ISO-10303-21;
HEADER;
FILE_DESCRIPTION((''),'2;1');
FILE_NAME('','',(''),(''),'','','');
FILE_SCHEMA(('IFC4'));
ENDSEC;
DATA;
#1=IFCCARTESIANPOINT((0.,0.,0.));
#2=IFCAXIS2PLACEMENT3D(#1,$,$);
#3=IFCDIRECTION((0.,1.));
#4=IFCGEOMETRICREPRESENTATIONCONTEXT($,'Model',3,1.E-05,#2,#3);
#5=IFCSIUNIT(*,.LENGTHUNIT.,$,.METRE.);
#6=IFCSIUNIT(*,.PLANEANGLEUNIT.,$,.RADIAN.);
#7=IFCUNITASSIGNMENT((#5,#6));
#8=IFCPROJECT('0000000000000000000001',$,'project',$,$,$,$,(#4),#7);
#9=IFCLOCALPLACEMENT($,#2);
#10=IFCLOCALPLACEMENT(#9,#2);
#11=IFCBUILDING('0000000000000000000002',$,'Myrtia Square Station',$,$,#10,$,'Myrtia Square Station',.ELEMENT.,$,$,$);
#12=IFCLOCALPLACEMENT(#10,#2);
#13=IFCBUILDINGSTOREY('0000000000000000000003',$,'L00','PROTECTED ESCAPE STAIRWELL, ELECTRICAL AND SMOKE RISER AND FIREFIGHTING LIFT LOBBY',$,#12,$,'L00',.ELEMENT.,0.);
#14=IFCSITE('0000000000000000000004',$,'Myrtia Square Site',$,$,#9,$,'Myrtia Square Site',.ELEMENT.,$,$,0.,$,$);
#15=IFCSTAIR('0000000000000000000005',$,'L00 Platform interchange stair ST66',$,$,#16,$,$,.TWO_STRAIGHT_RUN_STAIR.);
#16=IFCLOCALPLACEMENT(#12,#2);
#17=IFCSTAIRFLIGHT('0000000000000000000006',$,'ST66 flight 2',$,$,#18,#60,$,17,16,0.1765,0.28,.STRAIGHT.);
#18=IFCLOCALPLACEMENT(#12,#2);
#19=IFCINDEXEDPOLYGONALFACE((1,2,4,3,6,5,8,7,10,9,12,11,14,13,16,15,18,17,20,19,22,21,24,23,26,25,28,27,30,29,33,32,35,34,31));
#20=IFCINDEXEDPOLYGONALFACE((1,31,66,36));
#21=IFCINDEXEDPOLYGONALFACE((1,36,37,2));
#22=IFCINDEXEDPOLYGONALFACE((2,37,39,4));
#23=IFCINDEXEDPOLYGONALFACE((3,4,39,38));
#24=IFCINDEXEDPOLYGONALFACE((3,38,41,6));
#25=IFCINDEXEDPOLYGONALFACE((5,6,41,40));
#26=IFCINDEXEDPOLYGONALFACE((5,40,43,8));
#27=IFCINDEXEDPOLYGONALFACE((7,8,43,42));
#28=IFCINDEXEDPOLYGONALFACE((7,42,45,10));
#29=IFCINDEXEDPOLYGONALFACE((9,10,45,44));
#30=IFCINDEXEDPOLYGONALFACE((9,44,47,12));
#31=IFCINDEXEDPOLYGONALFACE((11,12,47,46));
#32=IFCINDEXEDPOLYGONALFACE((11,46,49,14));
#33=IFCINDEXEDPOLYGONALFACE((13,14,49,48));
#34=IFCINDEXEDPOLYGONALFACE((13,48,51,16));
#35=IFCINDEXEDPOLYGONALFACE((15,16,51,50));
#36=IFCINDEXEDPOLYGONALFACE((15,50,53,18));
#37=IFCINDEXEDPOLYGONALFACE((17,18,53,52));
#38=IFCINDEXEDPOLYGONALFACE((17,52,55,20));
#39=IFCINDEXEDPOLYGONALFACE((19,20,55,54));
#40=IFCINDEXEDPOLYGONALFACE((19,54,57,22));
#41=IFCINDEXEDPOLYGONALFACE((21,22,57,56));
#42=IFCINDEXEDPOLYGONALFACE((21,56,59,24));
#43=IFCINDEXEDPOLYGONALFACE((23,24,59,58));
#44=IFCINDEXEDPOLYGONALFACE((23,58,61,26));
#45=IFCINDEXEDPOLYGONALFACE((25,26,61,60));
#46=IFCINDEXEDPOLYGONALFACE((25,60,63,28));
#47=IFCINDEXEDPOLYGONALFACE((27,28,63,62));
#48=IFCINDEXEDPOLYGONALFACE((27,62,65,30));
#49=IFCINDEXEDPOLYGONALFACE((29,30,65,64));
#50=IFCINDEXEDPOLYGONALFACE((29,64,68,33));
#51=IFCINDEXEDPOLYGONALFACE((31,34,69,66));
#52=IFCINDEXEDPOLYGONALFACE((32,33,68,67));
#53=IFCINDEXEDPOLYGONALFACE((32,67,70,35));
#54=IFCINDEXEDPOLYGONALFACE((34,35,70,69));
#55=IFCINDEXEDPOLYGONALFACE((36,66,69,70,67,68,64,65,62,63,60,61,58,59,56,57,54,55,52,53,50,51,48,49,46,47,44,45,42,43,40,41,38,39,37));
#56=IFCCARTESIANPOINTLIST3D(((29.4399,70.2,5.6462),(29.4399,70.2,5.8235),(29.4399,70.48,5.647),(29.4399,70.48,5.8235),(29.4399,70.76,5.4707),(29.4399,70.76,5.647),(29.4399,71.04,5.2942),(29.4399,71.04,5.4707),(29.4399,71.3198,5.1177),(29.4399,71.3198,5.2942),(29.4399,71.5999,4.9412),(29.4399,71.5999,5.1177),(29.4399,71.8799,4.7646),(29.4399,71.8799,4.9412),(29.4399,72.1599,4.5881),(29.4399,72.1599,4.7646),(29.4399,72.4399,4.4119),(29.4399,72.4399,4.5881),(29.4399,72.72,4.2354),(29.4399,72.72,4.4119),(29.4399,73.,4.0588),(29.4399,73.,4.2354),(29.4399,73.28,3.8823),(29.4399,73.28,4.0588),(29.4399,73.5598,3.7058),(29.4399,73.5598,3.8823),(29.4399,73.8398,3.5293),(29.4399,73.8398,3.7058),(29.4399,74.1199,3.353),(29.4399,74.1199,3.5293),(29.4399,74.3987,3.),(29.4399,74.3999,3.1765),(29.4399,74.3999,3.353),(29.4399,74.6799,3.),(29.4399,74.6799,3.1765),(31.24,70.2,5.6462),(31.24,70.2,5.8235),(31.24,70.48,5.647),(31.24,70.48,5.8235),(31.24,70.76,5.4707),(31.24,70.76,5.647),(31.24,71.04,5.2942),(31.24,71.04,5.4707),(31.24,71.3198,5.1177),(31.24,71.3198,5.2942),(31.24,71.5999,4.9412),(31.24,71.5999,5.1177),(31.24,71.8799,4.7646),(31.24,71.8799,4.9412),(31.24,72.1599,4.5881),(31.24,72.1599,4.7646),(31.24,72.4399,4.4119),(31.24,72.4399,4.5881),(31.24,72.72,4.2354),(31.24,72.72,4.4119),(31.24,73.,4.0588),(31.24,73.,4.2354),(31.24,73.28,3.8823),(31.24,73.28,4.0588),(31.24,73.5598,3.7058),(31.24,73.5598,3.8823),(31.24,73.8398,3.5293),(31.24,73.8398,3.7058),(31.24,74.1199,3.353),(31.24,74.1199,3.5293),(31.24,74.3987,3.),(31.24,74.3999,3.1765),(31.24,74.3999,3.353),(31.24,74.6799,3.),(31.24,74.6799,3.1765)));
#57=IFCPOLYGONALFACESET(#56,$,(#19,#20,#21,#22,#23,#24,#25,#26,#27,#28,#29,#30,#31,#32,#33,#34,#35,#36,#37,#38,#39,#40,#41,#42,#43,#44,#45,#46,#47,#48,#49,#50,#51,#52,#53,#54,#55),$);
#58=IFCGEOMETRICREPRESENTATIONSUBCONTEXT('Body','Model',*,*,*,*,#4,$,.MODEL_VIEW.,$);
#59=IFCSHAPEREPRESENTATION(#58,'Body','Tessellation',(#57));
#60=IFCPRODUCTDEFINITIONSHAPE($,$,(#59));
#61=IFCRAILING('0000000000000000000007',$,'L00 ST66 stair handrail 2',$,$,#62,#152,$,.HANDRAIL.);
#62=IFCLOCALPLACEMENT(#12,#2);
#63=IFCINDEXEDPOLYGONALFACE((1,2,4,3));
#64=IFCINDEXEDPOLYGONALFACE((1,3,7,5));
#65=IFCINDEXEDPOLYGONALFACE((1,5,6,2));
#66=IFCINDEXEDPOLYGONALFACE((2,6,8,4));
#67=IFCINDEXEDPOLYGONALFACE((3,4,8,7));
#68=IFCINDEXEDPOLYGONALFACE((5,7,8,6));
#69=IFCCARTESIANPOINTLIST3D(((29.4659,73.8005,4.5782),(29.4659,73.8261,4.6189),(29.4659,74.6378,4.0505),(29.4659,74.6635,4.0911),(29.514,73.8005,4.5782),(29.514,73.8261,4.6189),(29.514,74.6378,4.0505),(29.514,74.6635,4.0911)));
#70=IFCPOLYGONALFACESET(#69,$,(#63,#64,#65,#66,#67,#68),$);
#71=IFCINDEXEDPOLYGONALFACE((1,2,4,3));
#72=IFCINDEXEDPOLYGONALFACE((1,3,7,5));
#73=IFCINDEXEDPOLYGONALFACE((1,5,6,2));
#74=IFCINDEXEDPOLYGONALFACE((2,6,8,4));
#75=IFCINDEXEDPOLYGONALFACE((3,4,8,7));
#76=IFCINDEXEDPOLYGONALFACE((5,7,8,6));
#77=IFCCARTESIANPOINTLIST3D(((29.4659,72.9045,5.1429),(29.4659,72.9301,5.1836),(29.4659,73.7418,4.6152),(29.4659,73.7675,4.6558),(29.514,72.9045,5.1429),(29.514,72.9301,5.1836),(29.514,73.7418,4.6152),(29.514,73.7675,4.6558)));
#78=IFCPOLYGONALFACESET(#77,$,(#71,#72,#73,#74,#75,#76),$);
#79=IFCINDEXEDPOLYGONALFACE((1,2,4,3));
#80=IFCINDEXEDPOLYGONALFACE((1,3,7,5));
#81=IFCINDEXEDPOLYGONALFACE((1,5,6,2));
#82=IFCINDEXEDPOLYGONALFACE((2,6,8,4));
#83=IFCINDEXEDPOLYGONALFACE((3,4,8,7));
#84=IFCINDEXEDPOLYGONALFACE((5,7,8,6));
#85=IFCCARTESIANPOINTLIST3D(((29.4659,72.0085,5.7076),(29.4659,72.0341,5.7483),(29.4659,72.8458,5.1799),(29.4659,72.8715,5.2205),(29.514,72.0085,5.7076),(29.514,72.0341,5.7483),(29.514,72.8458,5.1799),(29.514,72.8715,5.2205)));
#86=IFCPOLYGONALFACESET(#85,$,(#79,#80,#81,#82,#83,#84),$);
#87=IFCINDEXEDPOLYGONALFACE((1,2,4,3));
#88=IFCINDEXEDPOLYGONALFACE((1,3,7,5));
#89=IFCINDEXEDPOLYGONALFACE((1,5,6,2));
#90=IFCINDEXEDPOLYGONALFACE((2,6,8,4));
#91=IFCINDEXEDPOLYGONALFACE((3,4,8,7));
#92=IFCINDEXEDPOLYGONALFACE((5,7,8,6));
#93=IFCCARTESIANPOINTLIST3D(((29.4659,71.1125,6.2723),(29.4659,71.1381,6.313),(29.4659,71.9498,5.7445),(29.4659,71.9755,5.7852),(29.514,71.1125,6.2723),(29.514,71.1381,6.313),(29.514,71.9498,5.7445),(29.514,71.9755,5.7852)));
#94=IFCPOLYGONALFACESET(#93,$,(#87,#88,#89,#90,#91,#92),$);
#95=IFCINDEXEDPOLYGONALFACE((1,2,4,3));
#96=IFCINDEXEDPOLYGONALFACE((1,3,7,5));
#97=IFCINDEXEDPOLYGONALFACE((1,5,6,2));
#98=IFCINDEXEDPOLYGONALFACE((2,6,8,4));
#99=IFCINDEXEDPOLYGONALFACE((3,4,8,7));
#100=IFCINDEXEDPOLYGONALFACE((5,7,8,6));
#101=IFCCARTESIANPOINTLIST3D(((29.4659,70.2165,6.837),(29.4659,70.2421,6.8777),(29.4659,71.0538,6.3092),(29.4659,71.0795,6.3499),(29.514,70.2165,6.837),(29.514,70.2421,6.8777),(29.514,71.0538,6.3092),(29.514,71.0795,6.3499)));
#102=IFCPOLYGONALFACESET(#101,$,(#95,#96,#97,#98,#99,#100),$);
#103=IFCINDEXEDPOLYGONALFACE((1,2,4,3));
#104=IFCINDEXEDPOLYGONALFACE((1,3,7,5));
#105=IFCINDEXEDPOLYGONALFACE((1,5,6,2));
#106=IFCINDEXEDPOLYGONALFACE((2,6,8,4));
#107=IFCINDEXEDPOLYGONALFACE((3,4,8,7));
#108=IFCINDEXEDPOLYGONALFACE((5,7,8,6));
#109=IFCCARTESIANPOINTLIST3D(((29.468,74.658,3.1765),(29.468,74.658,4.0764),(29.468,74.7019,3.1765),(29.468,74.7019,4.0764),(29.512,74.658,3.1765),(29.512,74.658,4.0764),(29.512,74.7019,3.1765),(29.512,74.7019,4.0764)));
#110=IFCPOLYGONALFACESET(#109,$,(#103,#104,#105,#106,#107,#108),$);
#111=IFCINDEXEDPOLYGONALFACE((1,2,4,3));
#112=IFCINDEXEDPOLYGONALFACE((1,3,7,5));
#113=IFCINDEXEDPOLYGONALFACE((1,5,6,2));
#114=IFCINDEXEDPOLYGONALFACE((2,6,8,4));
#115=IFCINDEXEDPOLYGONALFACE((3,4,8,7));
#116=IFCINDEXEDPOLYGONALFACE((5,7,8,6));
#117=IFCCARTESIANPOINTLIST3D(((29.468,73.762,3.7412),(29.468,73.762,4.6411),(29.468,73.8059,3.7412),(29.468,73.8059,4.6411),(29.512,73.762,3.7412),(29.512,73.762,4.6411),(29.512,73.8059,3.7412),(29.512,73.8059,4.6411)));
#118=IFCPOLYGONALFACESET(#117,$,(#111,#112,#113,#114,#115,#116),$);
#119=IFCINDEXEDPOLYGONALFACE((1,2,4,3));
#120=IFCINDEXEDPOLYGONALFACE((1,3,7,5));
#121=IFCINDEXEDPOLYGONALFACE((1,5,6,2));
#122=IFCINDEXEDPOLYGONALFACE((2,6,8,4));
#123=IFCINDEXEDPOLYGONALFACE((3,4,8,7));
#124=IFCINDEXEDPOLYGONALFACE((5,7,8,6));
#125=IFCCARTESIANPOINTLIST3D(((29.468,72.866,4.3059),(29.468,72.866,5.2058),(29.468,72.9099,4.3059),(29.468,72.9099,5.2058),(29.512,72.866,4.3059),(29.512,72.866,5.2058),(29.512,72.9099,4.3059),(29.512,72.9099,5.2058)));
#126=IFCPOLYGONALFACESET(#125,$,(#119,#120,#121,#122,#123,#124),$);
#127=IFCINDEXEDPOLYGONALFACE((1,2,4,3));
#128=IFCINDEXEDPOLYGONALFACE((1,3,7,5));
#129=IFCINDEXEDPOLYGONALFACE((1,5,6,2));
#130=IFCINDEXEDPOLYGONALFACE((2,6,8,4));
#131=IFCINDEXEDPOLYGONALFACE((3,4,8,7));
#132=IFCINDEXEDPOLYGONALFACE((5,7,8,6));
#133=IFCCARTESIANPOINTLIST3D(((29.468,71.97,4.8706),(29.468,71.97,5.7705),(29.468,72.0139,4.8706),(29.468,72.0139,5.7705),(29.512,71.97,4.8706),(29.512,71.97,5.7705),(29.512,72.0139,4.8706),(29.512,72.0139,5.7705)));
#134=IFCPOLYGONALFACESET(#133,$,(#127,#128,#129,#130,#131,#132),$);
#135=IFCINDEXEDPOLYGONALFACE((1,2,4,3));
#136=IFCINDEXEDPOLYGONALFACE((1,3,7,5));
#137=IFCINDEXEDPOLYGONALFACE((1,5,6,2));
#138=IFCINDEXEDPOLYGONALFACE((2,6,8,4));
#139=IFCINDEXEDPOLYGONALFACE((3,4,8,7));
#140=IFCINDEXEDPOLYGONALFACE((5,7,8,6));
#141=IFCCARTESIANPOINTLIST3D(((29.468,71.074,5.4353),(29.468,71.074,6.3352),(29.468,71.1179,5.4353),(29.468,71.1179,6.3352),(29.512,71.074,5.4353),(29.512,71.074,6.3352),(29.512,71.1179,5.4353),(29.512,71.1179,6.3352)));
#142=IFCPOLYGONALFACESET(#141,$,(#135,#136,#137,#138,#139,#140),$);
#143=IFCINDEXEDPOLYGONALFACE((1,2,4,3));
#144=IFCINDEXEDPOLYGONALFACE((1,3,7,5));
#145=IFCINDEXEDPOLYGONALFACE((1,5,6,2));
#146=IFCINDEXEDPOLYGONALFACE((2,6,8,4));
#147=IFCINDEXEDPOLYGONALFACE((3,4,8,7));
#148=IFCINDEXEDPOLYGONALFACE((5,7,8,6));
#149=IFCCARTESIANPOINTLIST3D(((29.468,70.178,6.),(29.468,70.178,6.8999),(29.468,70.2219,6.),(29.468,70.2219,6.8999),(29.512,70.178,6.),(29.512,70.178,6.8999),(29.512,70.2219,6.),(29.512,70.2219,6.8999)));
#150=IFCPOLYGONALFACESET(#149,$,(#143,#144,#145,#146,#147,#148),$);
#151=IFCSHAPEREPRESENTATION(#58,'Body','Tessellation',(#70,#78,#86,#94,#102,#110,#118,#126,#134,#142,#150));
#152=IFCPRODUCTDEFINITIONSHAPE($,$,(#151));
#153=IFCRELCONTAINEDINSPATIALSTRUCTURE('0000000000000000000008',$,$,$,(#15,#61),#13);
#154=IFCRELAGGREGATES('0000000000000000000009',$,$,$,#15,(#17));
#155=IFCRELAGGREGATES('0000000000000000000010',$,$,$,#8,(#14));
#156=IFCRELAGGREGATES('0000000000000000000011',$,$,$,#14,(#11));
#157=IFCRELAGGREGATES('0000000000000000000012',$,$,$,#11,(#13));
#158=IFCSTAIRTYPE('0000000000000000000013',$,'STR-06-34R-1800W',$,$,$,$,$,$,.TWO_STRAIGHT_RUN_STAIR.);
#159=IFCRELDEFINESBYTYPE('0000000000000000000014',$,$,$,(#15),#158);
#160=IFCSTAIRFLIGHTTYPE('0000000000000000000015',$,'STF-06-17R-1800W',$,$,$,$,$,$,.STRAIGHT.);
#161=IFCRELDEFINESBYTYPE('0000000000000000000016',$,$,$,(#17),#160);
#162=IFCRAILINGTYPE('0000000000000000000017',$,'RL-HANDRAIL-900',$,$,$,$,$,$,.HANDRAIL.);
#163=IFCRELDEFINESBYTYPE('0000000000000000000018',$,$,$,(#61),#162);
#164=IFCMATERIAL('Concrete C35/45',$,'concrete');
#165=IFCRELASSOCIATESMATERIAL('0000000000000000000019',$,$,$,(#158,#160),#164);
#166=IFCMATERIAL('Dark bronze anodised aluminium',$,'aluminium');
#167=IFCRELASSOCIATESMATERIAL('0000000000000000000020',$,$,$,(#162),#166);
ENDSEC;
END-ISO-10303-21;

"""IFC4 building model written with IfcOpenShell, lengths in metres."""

from ifc_helpers import new_model, si_unit, direction, frame, origin, origin_2d, place, context, subcontext, project, spatial, polyline, rectangle, outline, extrude, material, type_object, element, aggregate, save


model = new_model("IFC4")

# Units and contexts
model_context = context("Model", 3, precision=1e-05, world=origin(), true_north=direction((0.0, 1.0)))
body_context = subcontext(model_context, "Body", "Model", "MODEL_VIEW")
ifc_project = project(units=[si_unit("LENGTHUNIT", "METRE"), si_unit("PLANEANGLEUNIT", "RADIAN")], contexts=[model_context])

# Site, building, storey
site_placement = place(None, origin())
site = spatial("IfcSite", under=ifc_project, at=site_placement, Name="Myrtia Square Site", LongName="Myrtia Square Site", CompositionType="ELEMENT", RefElevation=0.0)
building_placement = place(site_placement, origin())
building = spatial("IfcBuilding", under=site, at=building_placement, Name="Myrtia Square Station", LongName="Myrtia Square Station", CompositionType="ELEMENT")
storey_placement = place(building_placement, origin())
storey = spatial("IfcBuildingStorey", under=building, at=storey_placement, Name="L00", Description="PROTECTED ESCAPE STAIRWELL, ELECTRICAL AND SMOKE RISER AND FIREFIGHTING LIFT LOBBY", LongName="L00", CompositionType="ELEMENT", Elevation=0.0)

# Shared definitions
ifc_material_1 = material(Name="Dark bronze anodised aluminium", Category="aluminium")

# Stair, stair flight
ifc_material_2 = material(Name="Concrete C35/45", Category="concrete")
stair_type = type_object("IfcStairType", Name="STR-06-34R-1800W", PredefinedType="TWO_STRAIGHT_RUN_STAIR", material=ifc_material_2)
stair_placement = place(storey_placement, origin())
stair = element("IfcStair", 1, at=stair_placement, inside=storey, type_object=stair_type, Name="L00 Platform interchange stair ST66", PredefinedType="TWO_STRAIGHT_RUN_STAIR")
stair_flight_type = type_object("IfcStairFlightType", Name="STF-06-17R-1800W", PredefinedType="STRAIGHT", material=ifc_material_2)
stair_flight_1_placement = place(storey_placement, frame((30.3401, 74.6799, 3.0), z_axis=(0.0, 0.0, 1.0), x_axis=(0.0, -1.0, 0.0)))
stair_flight_1 = element("IfcStairFlight", 2, at=stair_flight_1_placement, type_object=stair_flight_type, Name="ST66 flight 2", NumberOfRisers=17, NumberOfTreads=16, PredefinedType="STRAIGHT", RiserHeight=0.1765, TreadLength=0.28, context=body_context, shape_type="SweptSolid", body=[
    extrude(outline(polyline([(0.0, 0.0), (0.0, 0.1765), (0.28, 0.1765), (0.28, 0.353), (0.5601, 0.353), (0.5601, 0.5293), (0.8401, 0.5293), (0.8401, 0.7058), (1.1201, 0.7058), (1.1201, 0.8823), (1.3999, 0.8823), (1.3999, 1.0588), (1.6799, 1.0588), (1.6799, 1.2354), (1.96, 1.2354), (1.96, 1.4119), (2.24, 1.4119), (2.24, 1.5881), (2.52, 1.5881), (2.52, 1.7646), (2.8, 1.7646), (2.8, 1.9412), (3.0801, 1.9412), (3.0801, 2.1177), (3.3601, 2.1177), (3.3601, 2.2942), (3.6399, 2.2942), (3.6399, 2.4707), (3.9199, 2.4707), (3.9199, 2.647), (4.2, 2.647), (4.2, 2.8235), (4.48, 2.8235), (4.48, 3.0), (4.48, 2.6462), (0.2812, 0.0), (0.0, 0.0)])), frame((0.0, 0.8999, 0.0), z_axis=(0.0, -1.0, 0.0), x_axis=(1.0, 0.0, 0.0)), (0.0, 0.0, 1.0), 1.8),
])
aggregate(stair, [stair_flight_1])

# Railing
railing_type_1 = type_object("IfcRailingType", Name="RL-HANDRAIL-900", PredefinedType="HANDRAIL", material=ifc_material_1)
railing_1_placement = place(storey_placement, frame((29.49, 74.6799, 3.1765)))
element("IfcRailing", 3, at=railing_1_placement, inside=storey, type_object=railing_type_1, Name="L00 ST66 stair handrail 2", PredefinedType="HANDRAIL", context=body_context, shape_type="SweptSolid", body=[
    extrude(rectangle(XDim=0.0481, YDim=0.0481, at=origin_2d()), frame((0.0, -0.0293, 0.8943), z_axis=(0.0, -0.845998, 0.533186), x_axis=(1.0, 0.0, 0.0)), (0.0, 0.0, 1.0), 0.9897),
    extrude(rectangle(XDim=0.0481, YDim=0.0481, at=origin_2d()), frame((0.0, -0.9253, 1.459), z_axis=(0.0, -0.845998, 0.533186), x_axis=(1.0, 0.0, 0.0)), (0.0, 0.0, 1.0), 0.9897),
    extrude(rectangle(XDim=0.0481, YDim=0.0481, at=origin_2d()), frame((0.0, -1.8213, 2.0237), z_axis=(0.0, -0.845998, 0.533186), x_axis=(1.0, 0.0, 0.0)), (0.0, 0.0, 1.0), 0.9897),
    extrude(rectangle(XDim=0.0481, YDim=0.0481, at=origin_2d()), frame((0.0, -2.7173, 2.5884), z_axis=(0.0, -0.845998, 0.533186), x_axis=(1.0, 0.0, 0.0)), (0.0, 0.0, 1.0), 0.9897),
    extrude(rectangle(XDim=0.0481, YDim=0.0481, at=origin_2d()), frame((0.0, -3.6133, 3.1531), z_axis=(0.0, -0.845998, 0.533186), x_axis=(1.0, 0.0, 0.0)), (0.0, 0.0, 1.0), 0.9897),
    extrude(rectangle(XDim=0.0439, YDim=0.0439, at=origin_2d()), origin(), (0.0, 0.0, 1.0), 0.8999),
    extrude(rectangle(XDim=0.0439, YDim=0.0439, at=origin_2d()), frame((0.0, -0.896, 0.5647)), (0.0, 0.0, 1.0), 0.8999),
    extrude(rectangle(XDim=0.0439, YDim=0.0439, at=origin_2d()), frame((0.0, -1.792, 1.1294)), (0.0, 0.0, 1.0), 0.8999),
    extrude(rectangle(XDim=0.0439, YDim=0.0439, at=origin_2d()), frame((0.0, -2.688, 1.6941)), (0.0, 0.0, 1.0), 0.8999),
    extrude(rectangle(XDim=0.0439, YDim=0.0439, at=origin_2d()), frame((0.0, -3.584, 2.2588)), (0.0, 0.0, 1.0), 0.8999),
    extrude(rectangle(XDim=0.0439, YDim=0.0439, at=origin_2d()), frame((0.0, -4.48, 2.8235)), (0.0, 0.0, 1.0), 0.8999),
])

save(model, "model.ifc")
